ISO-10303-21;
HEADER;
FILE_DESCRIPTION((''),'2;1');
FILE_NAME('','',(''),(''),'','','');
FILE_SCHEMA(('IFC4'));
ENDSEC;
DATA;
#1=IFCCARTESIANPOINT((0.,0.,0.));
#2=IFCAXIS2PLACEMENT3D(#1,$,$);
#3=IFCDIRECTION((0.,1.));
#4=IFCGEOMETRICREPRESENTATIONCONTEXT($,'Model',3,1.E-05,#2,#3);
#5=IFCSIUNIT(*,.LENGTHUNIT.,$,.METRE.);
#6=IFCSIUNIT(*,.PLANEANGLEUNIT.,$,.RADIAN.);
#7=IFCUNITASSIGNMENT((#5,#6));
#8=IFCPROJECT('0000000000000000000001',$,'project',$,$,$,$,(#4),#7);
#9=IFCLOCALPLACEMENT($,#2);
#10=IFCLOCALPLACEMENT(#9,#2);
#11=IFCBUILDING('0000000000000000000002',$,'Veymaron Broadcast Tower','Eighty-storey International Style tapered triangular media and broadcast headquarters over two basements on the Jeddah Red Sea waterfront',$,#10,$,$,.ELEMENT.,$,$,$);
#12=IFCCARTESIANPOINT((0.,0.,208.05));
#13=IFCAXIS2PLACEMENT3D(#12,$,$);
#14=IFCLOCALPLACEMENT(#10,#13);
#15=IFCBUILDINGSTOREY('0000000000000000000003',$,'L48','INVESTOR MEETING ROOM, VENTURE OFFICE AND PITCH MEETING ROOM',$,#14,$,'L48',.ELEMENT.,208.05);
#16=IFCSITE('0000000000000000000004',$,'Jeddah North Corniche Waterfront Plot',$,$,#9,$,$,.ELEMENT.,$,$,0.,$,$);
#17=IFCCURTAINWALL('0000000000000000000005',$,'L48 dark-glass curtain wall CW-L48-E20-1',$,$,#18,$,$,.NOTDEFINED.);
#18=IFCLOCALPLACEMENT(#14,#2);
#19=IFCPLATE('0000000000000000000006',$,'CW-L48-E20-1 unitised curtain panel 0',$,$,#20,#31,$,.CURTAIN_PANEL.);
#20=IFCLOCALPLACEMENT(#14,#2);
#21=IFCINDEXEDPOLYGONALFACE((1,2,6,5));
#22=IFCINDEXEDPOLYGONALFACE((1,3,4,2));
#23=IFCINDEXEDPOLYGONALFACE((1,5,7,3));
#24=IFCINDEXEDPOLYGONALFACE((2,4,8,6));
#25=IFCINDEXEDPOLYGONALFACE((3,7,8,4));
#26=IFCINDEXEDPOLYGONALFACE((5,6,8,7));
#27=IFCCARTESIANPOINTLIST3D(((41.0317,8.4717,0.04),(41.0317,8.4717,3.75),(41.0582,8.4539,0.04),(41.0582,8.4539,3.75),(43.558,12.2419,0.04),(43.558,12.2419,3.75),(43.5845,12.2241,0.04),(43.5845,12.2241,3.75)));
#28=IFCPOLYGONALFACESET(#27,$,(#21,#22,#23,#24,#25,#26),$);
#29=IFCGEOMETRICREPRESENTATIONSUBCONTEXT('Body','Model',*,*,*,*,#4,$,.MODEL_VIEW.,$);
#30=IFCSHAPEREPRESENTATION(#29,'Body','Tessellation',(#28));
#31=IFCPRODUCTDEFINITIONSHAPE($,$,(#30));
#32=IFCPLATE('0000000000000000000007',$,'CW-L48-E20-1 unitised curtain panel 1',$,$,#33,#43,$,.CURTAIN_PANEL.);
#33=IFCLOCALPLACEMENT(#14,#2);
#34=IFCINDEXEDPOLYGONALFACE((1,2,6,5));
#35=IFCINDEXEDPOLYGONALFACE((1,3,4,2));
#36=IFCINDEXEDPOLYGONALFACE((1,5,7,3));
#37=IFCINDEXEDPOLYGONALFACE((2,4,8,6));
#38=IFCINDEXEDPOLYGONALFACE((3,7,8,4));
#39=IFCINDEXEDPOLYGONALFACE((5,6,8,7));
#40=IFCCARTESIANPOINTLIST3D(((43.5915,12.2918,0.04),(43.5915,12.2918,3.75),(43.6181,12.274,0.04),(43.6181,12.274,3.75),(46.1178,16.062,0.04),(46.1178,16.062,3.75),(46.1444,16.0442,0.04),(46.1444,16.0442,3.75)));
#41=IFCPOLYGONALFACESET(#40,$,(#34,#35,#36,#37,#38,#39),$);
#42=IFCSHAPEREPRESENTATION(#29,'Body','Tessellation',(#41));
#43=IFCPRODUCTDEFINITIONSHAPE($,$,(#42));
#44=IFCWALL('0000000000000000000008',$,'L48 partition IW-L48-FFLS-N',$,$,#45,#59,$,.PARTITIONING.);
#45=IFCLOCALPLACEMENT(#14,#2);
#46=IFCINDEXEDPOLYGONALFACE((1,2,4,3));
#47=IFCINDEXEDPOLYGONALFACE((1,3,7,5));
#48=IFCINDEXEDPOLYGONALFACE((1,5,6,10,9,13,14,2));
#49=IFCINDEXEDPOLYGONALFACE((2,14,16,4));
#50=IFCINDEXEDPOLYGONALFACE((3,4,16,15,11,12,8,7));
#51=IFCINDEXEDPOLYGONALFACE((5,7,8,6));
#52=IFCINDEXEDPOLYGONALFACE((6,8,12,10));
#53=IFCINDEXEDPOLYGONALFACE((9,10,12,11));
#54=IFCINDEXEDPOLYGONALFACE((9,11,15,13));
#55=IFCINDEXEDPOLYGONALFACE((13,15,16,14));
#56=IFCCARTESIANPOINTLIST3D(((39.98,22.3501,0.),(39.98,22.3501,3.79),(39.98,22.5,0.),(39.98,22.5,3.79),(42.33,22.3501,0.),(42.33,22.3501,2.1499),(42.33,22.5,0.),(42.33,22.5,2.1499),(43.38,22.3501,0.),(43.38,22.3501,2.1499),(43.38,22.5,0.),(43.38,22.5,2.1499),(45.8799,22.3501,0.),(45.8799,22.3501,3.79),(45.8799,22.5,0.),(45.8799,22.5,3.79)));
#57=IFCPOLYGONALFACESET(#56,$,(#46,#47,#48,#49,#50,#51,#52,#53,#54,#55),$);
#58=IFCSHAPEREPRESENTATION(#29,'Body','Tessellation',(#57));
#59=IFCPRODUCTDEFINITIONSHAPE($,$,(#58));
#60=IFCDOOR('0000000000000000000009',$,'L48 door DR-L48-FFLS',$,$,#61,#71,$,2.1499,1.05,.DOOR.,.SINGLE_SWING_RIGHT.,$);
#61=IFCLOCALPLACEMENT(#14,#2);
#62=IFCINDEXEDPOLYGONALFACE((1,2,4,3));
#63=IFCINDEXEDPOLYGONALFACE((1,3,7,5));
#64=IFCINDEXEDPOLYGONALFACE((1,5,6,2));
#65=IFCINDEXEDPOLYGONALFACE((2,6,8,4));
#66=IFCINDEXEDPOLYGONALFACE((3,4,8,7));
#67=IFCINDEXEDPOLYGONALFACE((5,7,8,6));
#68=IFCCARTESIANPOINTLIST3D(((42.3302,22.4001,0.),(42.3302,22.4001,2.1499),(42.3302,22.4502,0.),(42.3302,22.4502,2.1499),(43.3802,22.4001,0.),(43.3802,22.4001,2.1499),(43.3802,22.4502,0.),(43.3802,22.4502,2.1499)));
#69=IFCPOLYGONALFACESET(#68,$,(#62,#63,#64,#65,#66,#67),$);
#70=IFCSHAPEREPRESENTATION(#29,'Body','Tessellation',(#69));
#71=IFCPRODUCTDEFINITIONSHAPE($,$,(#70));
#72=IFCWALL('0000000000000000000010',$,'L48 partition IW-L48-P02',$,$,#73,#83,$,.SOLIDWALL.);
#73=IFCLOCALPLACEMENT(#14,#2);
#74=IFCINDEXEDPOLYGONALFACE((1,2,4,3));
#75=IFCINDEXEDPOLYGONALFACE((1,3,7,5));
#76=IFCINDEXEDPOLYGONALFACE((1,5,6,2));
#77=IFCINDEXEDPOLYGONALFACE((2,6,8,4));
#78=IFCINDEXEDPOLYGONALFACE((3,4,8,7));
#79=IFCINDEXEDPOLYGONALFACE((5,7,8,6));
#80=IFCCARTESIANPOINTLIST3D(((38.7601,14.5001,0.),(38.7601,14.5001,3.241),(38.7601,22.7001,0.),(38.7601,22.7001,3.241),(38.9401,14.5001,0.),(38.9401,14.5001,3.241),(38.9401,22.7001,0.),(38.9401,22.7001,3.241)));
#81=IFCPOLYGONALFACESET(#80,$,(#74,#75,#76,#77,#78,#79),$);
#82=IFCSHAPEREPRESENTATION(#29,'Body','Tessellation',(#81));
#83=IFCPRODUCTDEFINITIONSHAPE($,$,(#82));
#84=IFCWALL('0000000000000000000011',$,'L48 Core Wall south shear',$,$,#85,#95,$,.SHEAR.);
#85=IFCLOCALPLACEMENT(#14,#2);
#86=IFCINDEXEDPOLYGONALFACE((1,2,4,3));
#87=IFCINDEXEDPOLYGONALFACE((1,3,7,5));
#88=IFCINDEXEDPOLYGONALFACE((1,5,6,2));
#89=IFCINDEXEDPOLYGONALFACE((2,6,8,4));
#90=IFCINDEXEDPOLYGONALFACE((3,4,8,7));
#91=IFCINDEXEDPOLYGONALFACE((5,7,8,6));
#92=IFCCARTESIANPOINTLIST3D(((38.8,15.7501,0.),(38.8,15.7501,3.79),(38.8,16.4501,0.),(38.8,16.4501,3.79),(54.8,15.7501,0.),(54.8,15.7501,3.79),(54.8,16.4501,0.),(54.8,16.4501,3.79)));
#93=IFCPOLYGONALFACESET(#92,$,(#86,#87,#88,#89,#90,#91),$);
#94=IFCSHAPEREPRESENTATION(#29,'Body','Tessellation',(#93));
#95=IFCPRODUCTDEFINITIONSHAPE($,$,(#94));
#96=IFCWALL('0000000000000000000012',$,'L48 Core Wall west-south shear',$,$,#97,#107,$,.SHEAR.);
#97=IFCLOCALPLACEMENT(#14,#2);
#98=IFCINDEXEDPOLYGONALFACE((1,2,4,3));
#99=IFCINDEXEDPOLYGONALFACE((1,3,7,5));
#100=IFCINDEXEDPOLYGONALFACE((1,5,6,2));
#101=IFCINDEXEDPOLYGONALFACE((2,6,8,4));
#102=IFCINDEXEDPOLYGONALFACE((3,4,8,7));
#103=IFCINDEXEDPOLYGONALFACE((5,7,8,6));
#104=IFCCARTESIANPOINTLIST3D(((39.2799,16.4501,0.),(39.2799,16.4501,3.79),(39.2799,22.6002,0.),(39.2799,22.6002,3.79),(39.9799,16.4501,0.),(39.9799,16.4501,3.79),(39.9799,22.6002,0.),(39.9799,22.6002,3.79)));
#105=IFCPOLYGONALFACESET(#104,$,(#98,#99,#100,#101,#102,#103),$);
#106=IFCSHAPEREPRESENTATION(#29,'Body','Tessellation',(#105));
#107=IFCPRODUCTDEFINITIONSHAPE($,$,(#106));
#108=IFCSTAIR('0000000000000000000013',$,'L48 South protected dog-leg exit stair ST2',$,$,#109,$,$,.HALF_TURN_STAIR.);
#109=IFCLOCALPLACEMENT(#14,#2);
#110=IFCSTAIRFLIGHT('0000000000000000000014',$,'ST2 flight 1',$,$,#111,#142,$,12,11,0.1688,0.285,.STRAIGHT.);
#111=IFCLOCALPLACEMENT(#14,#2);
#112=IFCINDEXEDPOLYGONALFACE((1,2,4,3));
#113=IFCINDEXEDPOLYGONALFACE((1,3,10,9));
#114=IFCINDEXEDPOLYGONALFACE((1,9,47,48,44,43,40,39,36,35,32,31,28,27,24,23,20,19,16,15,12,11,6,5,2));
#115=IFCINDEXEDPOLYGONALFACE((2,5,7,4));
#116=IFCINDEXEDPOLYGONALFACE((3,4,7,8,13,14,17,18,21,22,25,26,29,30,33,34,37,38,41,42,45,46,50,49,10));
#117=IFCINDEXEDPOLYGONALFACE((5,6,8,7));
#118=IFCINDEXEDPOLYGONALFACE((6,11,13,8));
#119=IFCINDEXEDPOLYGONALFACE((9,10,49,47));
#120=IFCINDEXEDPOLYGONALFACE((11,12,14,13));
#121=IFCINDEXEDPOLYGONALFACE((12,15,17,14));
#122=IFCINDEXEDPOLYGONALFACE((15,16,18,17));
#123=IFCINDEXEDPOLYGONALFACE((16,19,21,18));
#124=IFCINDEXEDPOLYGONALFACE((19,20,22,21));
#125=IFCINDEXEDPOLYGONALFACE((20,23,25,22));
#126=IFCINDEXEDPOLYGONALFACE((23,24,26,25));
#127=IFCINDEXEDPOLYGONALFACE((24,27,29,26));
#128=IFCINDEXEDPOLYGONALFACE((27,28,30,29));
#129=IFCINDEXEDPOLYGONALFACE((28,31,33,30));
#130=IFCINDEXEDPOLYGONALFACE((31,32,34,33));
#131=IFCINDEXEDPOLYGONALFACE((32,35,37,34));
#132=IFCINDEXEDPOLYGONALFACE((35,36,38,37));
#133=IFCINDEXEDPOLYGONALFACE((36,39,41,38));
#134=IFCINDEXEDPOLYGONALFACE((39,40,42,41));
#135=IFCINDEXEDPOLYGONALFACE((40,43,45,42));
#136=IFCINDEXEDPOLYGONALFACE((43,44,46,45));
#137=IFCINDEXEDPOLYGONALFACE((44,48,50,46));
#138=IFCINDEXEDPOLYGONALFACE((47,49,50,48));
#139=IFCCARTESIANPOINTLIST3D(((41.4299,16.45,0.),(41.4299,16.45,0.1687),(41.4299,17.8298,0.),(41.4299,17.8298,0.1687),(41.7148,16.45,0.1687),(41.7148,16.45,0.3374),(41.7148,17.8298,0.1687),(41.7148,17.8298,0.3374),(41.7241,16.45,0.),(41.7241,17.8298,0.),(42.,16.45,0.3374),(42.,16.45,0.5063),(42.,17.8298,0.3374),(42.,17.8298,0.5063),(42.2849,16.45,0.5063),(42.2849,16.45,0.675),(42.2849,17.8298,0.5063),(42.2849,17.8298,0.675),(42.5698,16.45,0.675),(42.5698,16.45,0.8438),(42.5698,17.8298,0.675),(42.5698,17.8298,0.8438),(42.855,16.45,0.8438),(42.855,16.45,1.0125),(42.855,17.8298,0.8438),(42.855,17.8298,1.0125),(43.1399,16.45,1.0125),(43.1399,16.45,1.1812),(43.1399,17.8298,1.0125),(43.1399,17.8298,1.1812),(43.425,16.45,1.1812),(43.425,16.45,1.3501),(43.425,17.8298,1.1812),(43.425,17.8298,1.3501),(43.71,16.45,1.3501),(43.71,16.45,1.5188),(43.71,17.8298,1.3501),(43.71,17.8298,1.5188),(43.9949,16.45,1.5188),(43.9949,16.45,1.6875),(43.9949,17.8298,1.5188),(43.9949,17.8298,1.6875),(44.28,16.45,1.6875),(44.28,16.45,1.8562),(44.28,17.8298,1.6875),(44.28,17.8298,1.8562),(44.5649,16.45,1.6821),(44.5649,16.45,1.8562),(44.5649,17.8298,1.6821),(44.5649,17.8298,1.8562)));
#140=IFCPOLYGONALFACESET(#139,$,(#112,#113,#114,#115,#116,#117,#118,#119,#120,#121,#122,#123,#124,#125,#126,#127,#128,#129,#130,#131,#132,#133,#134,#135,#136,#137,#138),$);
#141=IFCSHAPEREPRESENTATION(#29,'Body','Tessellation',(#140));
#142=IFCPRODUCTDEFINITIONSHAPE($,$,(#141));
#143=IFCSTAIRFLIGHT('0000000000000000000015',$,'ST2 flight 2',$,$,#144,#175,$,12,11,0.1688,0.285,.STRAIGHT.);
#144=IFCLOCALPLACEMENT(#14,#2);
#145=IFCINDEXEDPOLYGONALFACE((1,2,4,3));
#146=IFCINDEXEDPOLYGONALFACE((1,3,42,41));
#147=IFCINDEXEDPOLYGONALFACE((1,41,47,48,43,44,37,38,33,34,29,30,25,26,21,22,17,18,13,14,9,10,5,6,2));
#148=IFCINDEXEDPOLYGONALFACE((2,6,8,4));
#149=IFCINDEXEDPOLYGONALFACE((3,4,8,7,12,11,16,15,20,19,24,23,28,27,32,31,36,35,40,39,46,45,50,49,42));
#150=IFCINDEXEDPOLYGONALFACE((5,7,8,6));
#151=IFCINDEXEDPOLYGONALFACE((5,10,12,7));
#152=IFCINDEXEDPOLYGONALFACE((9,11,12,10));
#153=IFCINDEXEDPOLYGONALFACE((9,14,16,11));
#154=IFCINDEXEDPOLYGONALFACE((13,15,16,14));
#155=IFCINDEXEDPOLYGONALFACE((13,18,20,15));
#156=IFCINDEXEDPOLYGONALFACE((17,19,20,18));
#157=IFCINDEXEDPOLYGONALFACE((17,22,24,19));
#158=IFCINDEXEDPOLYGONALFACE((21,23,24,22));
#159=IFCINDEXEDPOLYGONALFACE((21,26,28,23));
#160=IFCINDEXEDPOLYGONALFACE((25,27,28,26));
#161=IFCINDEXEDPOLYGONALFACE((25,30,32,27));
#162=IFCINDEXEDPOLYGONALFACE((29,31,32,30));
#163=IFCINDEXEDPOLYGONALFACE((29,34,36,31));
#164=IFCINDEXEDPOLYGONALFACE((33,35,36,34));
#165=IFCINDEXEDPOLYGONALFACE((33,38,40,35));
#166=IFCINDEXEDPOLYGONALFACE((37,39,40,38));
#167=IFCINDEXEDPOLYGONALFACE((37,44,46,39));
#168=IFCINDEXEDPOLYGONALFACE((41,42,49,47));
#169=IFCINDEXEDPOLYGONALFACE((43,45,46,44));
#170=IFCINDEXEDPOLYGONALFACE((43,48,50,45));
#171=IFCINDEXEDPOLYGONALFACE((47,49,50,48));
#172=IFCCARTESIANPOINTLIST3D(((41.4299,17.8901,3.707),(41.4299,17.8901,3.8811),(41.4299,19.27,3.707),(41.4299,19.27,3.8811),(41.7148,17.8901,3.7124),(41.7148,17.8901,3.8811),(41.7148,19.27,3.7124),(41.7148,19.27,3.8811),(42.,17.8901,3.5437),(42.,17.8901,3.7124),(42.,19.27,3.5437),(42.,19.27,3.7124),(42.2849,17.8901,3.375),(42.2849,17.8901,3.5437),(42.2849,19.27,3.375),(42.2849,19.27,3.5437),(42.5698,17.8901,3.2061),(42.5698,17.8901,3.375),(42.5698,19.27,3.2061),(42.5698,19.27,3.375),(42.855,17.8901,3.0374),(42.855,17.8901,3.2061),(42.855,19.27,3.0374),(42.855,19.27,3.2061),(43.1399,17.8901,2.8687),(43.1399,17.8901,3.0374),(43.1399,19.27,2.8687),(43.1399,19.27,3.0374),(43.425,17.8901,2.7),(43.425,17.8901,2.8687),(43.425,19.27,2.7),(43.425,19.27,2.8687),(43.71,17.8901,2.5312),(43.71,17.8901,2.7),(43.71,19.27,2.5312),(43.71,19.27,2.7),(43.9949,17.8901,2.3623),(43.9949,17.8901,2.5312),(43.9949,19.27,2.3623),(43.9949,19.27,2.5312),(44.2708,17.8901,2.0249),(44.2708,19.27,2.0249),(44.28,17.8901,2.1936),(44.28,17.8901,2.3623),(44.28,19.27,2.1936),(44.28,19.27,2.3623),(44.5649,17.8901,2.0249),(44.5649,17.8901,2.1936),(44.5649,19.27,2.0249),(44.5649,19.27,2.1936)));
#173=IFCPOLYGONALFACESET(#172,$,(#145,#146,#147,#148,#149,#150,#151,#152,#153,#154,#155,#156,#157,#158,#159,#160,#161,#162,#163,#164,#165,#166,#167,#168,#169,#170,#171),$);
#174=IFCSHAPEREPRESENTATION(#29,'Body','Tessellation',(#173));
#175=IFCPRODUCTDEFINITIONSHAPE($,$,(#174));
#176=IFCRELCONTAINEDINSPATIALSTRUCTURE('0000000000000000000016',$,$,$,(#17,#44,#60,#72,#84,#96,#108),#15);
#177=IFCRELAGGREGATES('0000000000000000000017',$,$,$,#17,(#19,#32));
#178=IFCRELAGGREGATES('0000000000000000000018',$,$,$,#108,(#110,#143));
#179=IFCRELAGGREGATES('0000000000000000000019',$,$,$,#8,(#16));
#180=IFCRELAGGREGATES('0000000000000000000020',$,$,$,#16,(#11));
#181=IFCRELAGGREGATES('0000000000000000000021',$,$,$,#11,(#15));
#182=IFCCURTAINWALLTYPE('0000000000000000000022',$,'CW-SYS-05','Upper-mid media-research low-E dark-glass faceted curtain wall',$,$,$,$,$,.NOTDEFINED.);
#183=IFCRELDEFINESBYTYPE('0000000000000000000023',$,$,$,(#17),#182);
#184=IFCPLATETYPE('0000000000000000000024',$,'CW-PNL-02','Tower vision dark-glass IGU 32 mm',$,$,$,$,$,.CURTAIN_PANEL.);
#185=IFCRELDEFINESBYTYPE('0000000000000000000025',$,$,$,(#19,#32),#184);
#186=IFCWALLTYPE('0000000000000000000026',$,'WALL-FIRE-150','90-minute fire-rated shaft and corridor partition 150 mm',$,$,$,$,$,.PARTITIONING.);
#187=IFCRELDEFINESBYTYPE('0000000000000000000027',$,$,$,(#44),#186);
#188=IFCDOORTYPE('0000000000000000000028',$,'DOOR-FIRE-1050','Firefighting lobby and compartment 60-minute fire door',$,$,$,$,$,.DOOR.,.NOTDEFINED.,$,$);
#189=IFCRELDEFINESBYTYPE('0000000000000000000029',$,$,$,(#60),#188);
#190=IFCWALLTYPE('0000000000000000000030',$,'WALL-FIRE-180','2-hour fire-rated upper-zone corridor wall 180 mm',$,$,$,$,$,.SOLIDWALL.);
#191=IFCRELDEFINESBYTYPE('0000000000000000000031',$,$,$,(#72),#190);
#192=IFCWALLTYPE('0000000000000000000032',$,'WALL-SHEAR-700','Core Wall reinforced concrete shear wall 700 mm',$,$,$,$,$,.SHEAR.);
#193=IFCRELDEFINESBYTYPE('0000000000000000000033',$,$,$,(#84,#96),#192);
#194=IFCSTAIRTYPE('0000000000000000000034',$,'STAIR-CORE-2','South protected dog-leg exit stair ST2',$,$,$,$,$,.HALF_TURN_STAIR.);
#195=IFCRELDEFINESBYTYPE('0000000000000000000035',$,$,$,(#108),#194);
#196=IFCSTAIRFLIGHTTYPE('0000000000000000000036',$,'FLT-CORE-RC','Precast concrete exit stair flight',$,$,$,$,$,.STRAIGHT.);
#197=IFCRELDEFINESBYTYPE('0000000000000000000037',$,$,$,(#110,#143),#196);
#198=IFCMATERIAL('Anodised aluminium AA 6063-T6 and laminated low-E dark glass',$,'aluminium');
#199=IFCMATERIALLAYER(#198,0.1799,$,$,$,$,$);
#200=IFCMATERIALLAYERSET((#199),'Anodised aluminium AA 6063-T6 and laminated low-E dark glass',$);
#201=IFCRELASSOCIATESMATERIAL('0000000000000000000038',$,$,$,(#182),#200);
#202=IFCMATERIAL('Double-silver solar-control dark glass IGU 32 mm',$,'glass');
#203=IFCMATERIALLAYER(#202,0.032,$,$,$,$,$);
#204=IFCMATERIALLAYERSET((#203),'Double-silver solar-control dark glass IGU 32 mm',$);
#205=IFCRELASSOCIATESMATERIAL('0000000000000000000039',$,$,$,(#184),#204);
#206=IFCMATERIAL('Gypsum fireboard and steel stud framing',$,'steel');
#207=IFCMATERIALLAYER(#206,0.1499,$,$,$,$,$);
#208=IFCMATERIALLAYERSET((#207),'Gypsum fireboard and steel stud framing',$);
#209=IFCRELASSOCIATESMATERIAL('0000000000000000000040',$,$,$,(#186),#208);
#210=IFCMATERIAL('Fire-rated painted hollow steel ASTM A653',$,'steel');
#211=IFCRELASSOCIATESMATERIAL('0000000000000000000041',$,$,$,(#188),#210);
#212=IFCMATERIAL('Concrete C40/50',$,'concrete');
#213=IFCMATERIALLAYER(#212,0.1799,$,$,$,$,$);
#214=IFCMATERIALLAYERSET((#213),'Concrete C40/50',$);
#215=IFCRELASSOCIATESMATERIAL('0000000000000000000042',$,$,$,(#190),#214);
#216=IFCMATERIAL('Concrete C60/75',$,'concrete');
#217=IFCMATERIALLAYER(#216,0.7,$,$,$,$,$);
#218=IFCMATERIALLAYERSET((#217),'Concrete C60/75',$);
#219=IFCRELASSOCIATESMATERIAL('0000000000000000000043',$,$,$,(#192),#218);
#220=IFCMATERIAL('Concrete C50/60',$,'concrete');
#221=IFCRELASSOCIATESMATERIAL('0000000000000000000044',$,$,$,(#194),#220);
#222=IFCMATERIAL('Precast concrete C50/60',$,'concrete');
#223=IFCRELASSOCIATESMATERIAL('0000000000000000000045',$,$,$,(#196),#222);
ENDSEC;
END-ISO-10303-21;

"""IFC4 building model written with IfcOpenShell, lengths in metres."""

from ifc_helpers import new_model, si_unit, direction, frame, frame_2d, origin, origin_2d, place, context, subcontext, project, spatial, polyline, rectangle, outline, extrude, material, layer, layer_set, type_object, element, fill, aggregate, save


model = new_model("IFC4")

# Units and contexts
model_context = context("Model", 3, precision=1e-05, world=origin(), true_north=direction((0.0, 1.0)))
body_context = subcontext(model_context, "Body", "Model", "MODEL_VIEW")
ifc_project = project(units=[si_unit("LENGTHUNIT", "METRE"), si_unit("PLANEANGLEUNIT", "RADIAN")], contexts=[model_context])

# Site, building, storey
site_placement = place(None, origin())
site = spatial("IfcSite", under=ifc_project, at=site_placement, Name="Jeddah North Corniche Waterfront Plot", CompositionType="ELEMENT", RefElevation=0.0)
building_placement = place(site_placement, origin())
building = spatial("IfcBuilding", under=site, at=building_placement, Name="Veymaron Broadcast Tower", Description="Eighty-storey International Style tapered triangular media and broadcast headquarters over two basements on the Jeddah Red Sea waterfront", CompositionType="ELEMENT")
storey_placement = place(building_placement, frame((0.0, 0.0, 208.05)))
storey = spatial("IfcBuildingStorey", under=building, at=storey_placement, Name="L48", Description="INVESTOR MEETING ROOM, VENTURE OFFICE AND PITCH MEETING ROOM", LongName="L48", CompositionType="ELEMENT", Elevation=208.05)

# Shared definitions
ifc_material_1 = material(Name="Concrete C60/75", Category="concrete")

# Curtain wall, plates
ifc_material_2 = material(Name="Anodised aluminium AA 6063-T6 and laminated low-E dark glass", Category="aluminium")
ifc_layer_1 = layer(ifc_material_2, 0.1799)
ifc_layer_set_1 = layer_set([ifc_layer_1], Name="Anodised aluminium AA 6063-T6 and laminated low-E dark glass")
curtain_wall_type = type_object("IfcCurtainWallType", Name="CW-SYS-05", Description="Upper-mid media-research low-E dark-glass faceted curtain wall", PredefinedType="NOTDEFINED", material=ifc_layer_set_1)
curtain_wall_placement = place(storey_placement, origin())
curtain_wall = element("IfcCurtainWall", 1, at=curtain_wall_placement, inside=storey, type_object=curtain_wall_type, Name="L48 dark-glass curtain wall CW-L48-E20-1", PredefinedType="NOTDEFINED")
ifc_material_3 = material(Name="Double-silver solar-control dark glass IGU 32 mm", Category="glass")
ifc_layer_2 = layer(ifc_material_3, 0.032)
ifc_layer_set_2 = layer_set([ifc_layer_2], Name="Double-silver solar-control dark glass IGU 32 mm")
plate_type = type_object("IfcPlateType", Name="CW-PNL-02", Description="Tower vision dark-glass IGU 32 mm", PredefinedType="CURTAIN_PANEL", material=ifc_layer_set_2)
plate_1_placement = place(storey_placement, frame((42.3081, 10.3479, 0.04), z_axis=(0.0, 0.0, 1.0), x_axis=(0.556658, 0.830742, 0.0)))
plate_1 = element("IfcPlate", 2, at=plate_1_placement, type_object=plate_type, Name="CW-L48-E20-1 unitised curtain panel 0", PredefinedType="CURTAIN_PANEL", context=body_context, shape_type="SweptSolid", body=[
    extrude(rectangle(XDim=4.5383, YDim=0.032, at=origin_2d()), origin(), (0.0, 0.0, 1.0), 3.71),
])
plate_2_placement = place(storey_placement, frame((44.8679, 14.168, 0.04), z_axis=(0.0, 0.0, 1.0), x_axis=(0.556658, 0.830742, 0.0)))
plate_2 = element("IfcPlate", 3, at=plate_2_placement, type_object=plate_type, Name="CW-L48-E20-1 unitised curtain panel 1", PredefinedType="CURTAIN_PANEL", context=body_context, shape_type="SweptSolid", body=[
    extrude(rectangle(XDim=4.5383, YDim=0.032, at=origin_2d()), origin(), (0.0, 0.0, 1.0), 3.71),
])
aggregate(curtain_wall, [plate_1, plate_2])

# Wall, opening, door
ifc_material_4 = material(Name="Gypsum fireboard and steel stud framing", Category="steel")
ifc_layer_3 = layer(ifc_material_4, 0.1499)
ifc_layer_set_3 = layer_set([ifc_layer_3], Name="Gypsum fireboard and steel stud framing")
wall_type_1 = type_object("IfcWallType", Name="WALL-FIRE-150", Description="90-minute fire-rated shaft and corridor partition 150 mm", PredefinedType="PARTITIONING", material=ifc_layer_set_3)
wall_1_placement = place(storey_placement, frame((39.98, 22.425, 0.0), z_axis=(0.0, 0.0, 1.0), x_axis=(1.0, 0.0, 0.0)))
wall_1 = element("IfcWall", 4, at=wall_1_placement, inside=storey, type_object=wall_type_1, Name="L48 partition IW-L48-FFLS-N", PredefinedType="PARTITIONING", context=body_context, shape_type="SweptSolid", body=[
    extrude(rectangle(XDim=5.8999, YDim=0.1499, at=frame_2d((2.95, 0.0))), origin(), (0.0, 0.0, 1.0), 3.79),
])
opening_1_placement = place(wall_1_placement, frame((2.3501, 0.0, 0.0)))
opening_1 = element("IfcOpeningElement", 5, at=opening_1_placement, cuts=wall_1, PredefinedType="OPENING", context=body_context, shape_type="SweptSolid", body=[
    extrude(rectangle(XDim=1.05, YDim=2.1499, at=frame_2d((0.5249, 1.075))), frame((0.0, 0.085, 0.0), z_axis=(0.0, -1.0, 0.0), x_axis=(1.0, 0.0, 0.0)), (0.0, 0.0, 1.0), 0.1699),
])
ifc_material_5 = material(Name="Fire-rated painted hollow steel ASTM A653", Category="steel")
door_type_1 = type_object("IfcDoorType", Name="DOOR-FIRE-1050", Description="Firefighting lobby and compartment 60-minute fire door", OperationType="NOTDEFINED", PredefinedType="DOOR", material=ifc_material_5)
door_1_placement = place(opening_1_placement, frame((1.05, 0.0, 0.0), z_axis=(0.0, 0.0, 1.0), x_axis=(-1.0, 0.0, 0.0)))
door_1 = element("IfcDoor", 6, at=door_1_placement, inside=storey, type_object=door_type_1, Name="L48 door DR-L48-FFLS", OperationType="SINGLE_SWING_RIGHT", OverallHeight=2.1499, OverallWidth=1.05, PredefinedType="DOOR", context=body_context, shape_type="SweptSolid", body=[
    extrude(rectangle(XDim=1.05, YDim=2.1499, at=frame_2d((0.5249, 1.075))), frame((0.0, 0.0249, 0.0), z_axis=(0.0, -1.0, 0.0), x_axis=(1.0, 0.0, 0.0)), (0.0, 0.0, 1.0), 0.05),
])
fill(opening_1, door_1)

# Wall
ifc_material_6 = material(Name="Concrete C40/50", Category="concrete")
ifc_layer_4 = layer(ifc_material_6, 0.1799)
ifc_layer_set_4 = layer_set([ifc_layer_4], Name="Concrete C40/50")
wall_type_2 = type_object("IfcWallType", Name="WALL-FIRE-180", Description="2-hour fire-rated upper-zone corridor wall 180 mm", PredefinedType="SOLIDWALL", material=ifc_layer_set_4)
wall_2_placement = place(storey_placement, frame((38.8501, 14.5, 0.0), z_axis=(0.0, 0.0, 1.0), x_axis=(0.0, 1.0, 0.0)))
element("IfcWall", 7, at=wall_2_placement, inside=storey, type_object=wall_type_2, Name="L48 partition IW-L48-P02", PredefinedType="SOLIDWALL", context=body_context, shape_type="SweptSolid", body=[
    extrude(rectangle(XDim=8.2, YDim=0.1799, at=frame_2d((4.1001, 0.0))), origin(), (0.0, 0.0, 1.0), 3.241),
])

# Shared definitions
ifc_material_7 = material(Name="Concrete C50/60", Category="concrete")

# Walls
ifc_layer_5 = layer(ifc_material_1, 0.7)
ifc_layer_set_5 = layer_set([ifc_layer_5], Name="Concrete C60/75")
wall_type_3 = type_object("IfcWallType", Name="WALL-SHEAR-700", Description="Core Wall reinforced concrete shear wall 700 mm", PredefinedType="SHEAR", material=ifc_layer_set_5)
wall_3_placement = place(storey_placement, frame((38.8, 16.1001, 0.0), z_axis=(0.0, 0.0, 1.0), x_axis=(1.0, 0.0, 0.0)))
element("IfcWall", 8, at=wall_3_placement, inside=storey, type_object=wall_type_3, Name="L48 Core Wall south shear", PredefinedType="SHEAR", context=body_context, shape_type="SweptSolid", body=[
    extrude(rectangle(XDim=16.0, YDim=0.7, at=frame_2d((8.0, 0.0))), origin(), (0.0, 0.0, 1.0), 3.79),
])
wall_4_placement = place(storey_placement, frame((39.6299, 16.45, 0.0), z_axis=(0.0, 0.0, 1.0), x_axis=(0.0, 1.0, 0.0)))
element("IfcWall", 9, at=wall_4_placement, inside=storey, type_object=wall_type_3, Name="L48 Core Wall west-south shear", PredefinedType="SHEAR", context=body_context, shape_type="SweptSolid", body=[
    extrude(rectangle(XDim=6.1501, YDim=0.7, at=frame_2d((3.0752, 0.0))), origin(), (0.0, 0.0, 1.0), 3.79),
])

# Stair, stair flights
stair_type = type_object("IfcStairType", Name="STAIR-CORE-2", Description="South protected dog-leg exit stair ST2", PredefinedType="HALF_TURN_STAIR", material=ifc_material_7)
stair_placement = place(storey_placement, origin())
stair = element("IfcStair", 10, at=stair_placement, inside=storey, type_object=stair_type, Name="L48 South protected dog-leg exit stair ST2", PredefinedType="HALF_TURN_STAIR")
ifc_material_8 = material(Name="Precast concrete C50/60", Category="concrete")
stair_flight_type = type_object("IfcStairFlightType", Name="FLT-CORE-RC", Description="Precast concrete exit stair flight", PredefinedType="STRAIGHT", material=ifc_material_8)
stair_flight_1_placement = place(storey_placement, frame((41.4299, 17.1399, 0.0), z_axis=(0.0, 0.0, 1.0), x_axis=(1.0, 0.0, 0.0)))
stair_flight_1 = element("IfcStairFlight", 11, at=stair_flight_1_placement, type_object=stair_flight_type, Name="ST2 flight 1", NumberOfRisers=12, NumberOfTreads=11, PredefinedType="STRAIGHT", RiserHeight=0.1688, TreadLength=0.285, context=body_context, shape_type="SweptSolid", body=[
    extrude(outline(polyline([(0.0, 0.0), (0.0, 0.1687), (0.2849, 0.1687), (0.2849, 0.3374), (0.5701, 0.3374), (0.5701, 0.5063), (0.855, 0.5063), (0.855, 0.675), (1.1399, 0.675), (1.1399, 0.8438), (1.425, 0.8438), (1.425, 1.0125), (1.71, 1.0125), (1.71, 1.1812), (1.9951, 1.1812), (1.9951, 1.3501), (2.28, 1.3501), (2.28, 1.5188), (2.5649, 1.5188), (2.5649, 1.6875), (2.8501, 1.6875), (2.8501, 1.8562), (3.135, 1.8562), (3.135, 2.0249), (3.135, 1.6821), (0.2942, 0.0), (0.0, 0.0)])), frame((0.0, 0.6899, 0.0), z_axis=(0.0, -1.0, 0.0), x_axis=(1.0, 0.0, 0.0)), (0.0, 0.0, 1.0), 1.3799),
])
stair_flight_2_placement = place(storey_placement, frame((44.5649, 18.5801, 2.0249), z_axis=(0.0, 0.0, 1.0), x_axis=(-1.0, 0.0, 0.0)))
stair_flight_2 = element("IfcStairFlight", 12, at=stair_flight_2_placement, type_object=stair_flight_type, Name="ST2 flight 2", NumberOfRisers=12, NumberOfTreads=11, PredefinedType="STRAIGHT", RiserHeight=0.1688, TreadLength=0.285, context=body_context, shape_type="SweptSolid", body=[
    extrude(outline(polyline([(0.0, 0.0), (0.0, 0.1687), (0.2849, 0.1687), (0.2849, 0.3374), (0.5701, 0.3374), (0.5701, 0.5063), (0.855, 0.5063), (0.855, 0.675), (1.1399, 0.675), (1.1399, 0.8438), (1.425, 0.8438), (1.425, 1.0125), (1.71, 1.0125), (1.71, 1.1812), (1.9951, 1.1812), (1.9951, 1.3501), (2.28, 1.3501), (2.28, 1.5188), (2.5649, 1.5188), (2.5649, 1.6875), (2.8501, 1.6875), (2.8501, 1.8562), (3.135, 1.8562), (3.135, 2.0249), (3.135, 1.6821), (0.2942, 0.0), (0.0, 0.0)])), frame((0.0, 0.6899, 0.0), z_axis=(0.0, -1.0, 0.0), x_axis=(1.0, 0.0, 0.0)), (0.0, 0.0, 1.0), 1.3799),
])
aggregate(stair, [stair_flight_1, stair_flight_2])

save(model, "model.ifc")
